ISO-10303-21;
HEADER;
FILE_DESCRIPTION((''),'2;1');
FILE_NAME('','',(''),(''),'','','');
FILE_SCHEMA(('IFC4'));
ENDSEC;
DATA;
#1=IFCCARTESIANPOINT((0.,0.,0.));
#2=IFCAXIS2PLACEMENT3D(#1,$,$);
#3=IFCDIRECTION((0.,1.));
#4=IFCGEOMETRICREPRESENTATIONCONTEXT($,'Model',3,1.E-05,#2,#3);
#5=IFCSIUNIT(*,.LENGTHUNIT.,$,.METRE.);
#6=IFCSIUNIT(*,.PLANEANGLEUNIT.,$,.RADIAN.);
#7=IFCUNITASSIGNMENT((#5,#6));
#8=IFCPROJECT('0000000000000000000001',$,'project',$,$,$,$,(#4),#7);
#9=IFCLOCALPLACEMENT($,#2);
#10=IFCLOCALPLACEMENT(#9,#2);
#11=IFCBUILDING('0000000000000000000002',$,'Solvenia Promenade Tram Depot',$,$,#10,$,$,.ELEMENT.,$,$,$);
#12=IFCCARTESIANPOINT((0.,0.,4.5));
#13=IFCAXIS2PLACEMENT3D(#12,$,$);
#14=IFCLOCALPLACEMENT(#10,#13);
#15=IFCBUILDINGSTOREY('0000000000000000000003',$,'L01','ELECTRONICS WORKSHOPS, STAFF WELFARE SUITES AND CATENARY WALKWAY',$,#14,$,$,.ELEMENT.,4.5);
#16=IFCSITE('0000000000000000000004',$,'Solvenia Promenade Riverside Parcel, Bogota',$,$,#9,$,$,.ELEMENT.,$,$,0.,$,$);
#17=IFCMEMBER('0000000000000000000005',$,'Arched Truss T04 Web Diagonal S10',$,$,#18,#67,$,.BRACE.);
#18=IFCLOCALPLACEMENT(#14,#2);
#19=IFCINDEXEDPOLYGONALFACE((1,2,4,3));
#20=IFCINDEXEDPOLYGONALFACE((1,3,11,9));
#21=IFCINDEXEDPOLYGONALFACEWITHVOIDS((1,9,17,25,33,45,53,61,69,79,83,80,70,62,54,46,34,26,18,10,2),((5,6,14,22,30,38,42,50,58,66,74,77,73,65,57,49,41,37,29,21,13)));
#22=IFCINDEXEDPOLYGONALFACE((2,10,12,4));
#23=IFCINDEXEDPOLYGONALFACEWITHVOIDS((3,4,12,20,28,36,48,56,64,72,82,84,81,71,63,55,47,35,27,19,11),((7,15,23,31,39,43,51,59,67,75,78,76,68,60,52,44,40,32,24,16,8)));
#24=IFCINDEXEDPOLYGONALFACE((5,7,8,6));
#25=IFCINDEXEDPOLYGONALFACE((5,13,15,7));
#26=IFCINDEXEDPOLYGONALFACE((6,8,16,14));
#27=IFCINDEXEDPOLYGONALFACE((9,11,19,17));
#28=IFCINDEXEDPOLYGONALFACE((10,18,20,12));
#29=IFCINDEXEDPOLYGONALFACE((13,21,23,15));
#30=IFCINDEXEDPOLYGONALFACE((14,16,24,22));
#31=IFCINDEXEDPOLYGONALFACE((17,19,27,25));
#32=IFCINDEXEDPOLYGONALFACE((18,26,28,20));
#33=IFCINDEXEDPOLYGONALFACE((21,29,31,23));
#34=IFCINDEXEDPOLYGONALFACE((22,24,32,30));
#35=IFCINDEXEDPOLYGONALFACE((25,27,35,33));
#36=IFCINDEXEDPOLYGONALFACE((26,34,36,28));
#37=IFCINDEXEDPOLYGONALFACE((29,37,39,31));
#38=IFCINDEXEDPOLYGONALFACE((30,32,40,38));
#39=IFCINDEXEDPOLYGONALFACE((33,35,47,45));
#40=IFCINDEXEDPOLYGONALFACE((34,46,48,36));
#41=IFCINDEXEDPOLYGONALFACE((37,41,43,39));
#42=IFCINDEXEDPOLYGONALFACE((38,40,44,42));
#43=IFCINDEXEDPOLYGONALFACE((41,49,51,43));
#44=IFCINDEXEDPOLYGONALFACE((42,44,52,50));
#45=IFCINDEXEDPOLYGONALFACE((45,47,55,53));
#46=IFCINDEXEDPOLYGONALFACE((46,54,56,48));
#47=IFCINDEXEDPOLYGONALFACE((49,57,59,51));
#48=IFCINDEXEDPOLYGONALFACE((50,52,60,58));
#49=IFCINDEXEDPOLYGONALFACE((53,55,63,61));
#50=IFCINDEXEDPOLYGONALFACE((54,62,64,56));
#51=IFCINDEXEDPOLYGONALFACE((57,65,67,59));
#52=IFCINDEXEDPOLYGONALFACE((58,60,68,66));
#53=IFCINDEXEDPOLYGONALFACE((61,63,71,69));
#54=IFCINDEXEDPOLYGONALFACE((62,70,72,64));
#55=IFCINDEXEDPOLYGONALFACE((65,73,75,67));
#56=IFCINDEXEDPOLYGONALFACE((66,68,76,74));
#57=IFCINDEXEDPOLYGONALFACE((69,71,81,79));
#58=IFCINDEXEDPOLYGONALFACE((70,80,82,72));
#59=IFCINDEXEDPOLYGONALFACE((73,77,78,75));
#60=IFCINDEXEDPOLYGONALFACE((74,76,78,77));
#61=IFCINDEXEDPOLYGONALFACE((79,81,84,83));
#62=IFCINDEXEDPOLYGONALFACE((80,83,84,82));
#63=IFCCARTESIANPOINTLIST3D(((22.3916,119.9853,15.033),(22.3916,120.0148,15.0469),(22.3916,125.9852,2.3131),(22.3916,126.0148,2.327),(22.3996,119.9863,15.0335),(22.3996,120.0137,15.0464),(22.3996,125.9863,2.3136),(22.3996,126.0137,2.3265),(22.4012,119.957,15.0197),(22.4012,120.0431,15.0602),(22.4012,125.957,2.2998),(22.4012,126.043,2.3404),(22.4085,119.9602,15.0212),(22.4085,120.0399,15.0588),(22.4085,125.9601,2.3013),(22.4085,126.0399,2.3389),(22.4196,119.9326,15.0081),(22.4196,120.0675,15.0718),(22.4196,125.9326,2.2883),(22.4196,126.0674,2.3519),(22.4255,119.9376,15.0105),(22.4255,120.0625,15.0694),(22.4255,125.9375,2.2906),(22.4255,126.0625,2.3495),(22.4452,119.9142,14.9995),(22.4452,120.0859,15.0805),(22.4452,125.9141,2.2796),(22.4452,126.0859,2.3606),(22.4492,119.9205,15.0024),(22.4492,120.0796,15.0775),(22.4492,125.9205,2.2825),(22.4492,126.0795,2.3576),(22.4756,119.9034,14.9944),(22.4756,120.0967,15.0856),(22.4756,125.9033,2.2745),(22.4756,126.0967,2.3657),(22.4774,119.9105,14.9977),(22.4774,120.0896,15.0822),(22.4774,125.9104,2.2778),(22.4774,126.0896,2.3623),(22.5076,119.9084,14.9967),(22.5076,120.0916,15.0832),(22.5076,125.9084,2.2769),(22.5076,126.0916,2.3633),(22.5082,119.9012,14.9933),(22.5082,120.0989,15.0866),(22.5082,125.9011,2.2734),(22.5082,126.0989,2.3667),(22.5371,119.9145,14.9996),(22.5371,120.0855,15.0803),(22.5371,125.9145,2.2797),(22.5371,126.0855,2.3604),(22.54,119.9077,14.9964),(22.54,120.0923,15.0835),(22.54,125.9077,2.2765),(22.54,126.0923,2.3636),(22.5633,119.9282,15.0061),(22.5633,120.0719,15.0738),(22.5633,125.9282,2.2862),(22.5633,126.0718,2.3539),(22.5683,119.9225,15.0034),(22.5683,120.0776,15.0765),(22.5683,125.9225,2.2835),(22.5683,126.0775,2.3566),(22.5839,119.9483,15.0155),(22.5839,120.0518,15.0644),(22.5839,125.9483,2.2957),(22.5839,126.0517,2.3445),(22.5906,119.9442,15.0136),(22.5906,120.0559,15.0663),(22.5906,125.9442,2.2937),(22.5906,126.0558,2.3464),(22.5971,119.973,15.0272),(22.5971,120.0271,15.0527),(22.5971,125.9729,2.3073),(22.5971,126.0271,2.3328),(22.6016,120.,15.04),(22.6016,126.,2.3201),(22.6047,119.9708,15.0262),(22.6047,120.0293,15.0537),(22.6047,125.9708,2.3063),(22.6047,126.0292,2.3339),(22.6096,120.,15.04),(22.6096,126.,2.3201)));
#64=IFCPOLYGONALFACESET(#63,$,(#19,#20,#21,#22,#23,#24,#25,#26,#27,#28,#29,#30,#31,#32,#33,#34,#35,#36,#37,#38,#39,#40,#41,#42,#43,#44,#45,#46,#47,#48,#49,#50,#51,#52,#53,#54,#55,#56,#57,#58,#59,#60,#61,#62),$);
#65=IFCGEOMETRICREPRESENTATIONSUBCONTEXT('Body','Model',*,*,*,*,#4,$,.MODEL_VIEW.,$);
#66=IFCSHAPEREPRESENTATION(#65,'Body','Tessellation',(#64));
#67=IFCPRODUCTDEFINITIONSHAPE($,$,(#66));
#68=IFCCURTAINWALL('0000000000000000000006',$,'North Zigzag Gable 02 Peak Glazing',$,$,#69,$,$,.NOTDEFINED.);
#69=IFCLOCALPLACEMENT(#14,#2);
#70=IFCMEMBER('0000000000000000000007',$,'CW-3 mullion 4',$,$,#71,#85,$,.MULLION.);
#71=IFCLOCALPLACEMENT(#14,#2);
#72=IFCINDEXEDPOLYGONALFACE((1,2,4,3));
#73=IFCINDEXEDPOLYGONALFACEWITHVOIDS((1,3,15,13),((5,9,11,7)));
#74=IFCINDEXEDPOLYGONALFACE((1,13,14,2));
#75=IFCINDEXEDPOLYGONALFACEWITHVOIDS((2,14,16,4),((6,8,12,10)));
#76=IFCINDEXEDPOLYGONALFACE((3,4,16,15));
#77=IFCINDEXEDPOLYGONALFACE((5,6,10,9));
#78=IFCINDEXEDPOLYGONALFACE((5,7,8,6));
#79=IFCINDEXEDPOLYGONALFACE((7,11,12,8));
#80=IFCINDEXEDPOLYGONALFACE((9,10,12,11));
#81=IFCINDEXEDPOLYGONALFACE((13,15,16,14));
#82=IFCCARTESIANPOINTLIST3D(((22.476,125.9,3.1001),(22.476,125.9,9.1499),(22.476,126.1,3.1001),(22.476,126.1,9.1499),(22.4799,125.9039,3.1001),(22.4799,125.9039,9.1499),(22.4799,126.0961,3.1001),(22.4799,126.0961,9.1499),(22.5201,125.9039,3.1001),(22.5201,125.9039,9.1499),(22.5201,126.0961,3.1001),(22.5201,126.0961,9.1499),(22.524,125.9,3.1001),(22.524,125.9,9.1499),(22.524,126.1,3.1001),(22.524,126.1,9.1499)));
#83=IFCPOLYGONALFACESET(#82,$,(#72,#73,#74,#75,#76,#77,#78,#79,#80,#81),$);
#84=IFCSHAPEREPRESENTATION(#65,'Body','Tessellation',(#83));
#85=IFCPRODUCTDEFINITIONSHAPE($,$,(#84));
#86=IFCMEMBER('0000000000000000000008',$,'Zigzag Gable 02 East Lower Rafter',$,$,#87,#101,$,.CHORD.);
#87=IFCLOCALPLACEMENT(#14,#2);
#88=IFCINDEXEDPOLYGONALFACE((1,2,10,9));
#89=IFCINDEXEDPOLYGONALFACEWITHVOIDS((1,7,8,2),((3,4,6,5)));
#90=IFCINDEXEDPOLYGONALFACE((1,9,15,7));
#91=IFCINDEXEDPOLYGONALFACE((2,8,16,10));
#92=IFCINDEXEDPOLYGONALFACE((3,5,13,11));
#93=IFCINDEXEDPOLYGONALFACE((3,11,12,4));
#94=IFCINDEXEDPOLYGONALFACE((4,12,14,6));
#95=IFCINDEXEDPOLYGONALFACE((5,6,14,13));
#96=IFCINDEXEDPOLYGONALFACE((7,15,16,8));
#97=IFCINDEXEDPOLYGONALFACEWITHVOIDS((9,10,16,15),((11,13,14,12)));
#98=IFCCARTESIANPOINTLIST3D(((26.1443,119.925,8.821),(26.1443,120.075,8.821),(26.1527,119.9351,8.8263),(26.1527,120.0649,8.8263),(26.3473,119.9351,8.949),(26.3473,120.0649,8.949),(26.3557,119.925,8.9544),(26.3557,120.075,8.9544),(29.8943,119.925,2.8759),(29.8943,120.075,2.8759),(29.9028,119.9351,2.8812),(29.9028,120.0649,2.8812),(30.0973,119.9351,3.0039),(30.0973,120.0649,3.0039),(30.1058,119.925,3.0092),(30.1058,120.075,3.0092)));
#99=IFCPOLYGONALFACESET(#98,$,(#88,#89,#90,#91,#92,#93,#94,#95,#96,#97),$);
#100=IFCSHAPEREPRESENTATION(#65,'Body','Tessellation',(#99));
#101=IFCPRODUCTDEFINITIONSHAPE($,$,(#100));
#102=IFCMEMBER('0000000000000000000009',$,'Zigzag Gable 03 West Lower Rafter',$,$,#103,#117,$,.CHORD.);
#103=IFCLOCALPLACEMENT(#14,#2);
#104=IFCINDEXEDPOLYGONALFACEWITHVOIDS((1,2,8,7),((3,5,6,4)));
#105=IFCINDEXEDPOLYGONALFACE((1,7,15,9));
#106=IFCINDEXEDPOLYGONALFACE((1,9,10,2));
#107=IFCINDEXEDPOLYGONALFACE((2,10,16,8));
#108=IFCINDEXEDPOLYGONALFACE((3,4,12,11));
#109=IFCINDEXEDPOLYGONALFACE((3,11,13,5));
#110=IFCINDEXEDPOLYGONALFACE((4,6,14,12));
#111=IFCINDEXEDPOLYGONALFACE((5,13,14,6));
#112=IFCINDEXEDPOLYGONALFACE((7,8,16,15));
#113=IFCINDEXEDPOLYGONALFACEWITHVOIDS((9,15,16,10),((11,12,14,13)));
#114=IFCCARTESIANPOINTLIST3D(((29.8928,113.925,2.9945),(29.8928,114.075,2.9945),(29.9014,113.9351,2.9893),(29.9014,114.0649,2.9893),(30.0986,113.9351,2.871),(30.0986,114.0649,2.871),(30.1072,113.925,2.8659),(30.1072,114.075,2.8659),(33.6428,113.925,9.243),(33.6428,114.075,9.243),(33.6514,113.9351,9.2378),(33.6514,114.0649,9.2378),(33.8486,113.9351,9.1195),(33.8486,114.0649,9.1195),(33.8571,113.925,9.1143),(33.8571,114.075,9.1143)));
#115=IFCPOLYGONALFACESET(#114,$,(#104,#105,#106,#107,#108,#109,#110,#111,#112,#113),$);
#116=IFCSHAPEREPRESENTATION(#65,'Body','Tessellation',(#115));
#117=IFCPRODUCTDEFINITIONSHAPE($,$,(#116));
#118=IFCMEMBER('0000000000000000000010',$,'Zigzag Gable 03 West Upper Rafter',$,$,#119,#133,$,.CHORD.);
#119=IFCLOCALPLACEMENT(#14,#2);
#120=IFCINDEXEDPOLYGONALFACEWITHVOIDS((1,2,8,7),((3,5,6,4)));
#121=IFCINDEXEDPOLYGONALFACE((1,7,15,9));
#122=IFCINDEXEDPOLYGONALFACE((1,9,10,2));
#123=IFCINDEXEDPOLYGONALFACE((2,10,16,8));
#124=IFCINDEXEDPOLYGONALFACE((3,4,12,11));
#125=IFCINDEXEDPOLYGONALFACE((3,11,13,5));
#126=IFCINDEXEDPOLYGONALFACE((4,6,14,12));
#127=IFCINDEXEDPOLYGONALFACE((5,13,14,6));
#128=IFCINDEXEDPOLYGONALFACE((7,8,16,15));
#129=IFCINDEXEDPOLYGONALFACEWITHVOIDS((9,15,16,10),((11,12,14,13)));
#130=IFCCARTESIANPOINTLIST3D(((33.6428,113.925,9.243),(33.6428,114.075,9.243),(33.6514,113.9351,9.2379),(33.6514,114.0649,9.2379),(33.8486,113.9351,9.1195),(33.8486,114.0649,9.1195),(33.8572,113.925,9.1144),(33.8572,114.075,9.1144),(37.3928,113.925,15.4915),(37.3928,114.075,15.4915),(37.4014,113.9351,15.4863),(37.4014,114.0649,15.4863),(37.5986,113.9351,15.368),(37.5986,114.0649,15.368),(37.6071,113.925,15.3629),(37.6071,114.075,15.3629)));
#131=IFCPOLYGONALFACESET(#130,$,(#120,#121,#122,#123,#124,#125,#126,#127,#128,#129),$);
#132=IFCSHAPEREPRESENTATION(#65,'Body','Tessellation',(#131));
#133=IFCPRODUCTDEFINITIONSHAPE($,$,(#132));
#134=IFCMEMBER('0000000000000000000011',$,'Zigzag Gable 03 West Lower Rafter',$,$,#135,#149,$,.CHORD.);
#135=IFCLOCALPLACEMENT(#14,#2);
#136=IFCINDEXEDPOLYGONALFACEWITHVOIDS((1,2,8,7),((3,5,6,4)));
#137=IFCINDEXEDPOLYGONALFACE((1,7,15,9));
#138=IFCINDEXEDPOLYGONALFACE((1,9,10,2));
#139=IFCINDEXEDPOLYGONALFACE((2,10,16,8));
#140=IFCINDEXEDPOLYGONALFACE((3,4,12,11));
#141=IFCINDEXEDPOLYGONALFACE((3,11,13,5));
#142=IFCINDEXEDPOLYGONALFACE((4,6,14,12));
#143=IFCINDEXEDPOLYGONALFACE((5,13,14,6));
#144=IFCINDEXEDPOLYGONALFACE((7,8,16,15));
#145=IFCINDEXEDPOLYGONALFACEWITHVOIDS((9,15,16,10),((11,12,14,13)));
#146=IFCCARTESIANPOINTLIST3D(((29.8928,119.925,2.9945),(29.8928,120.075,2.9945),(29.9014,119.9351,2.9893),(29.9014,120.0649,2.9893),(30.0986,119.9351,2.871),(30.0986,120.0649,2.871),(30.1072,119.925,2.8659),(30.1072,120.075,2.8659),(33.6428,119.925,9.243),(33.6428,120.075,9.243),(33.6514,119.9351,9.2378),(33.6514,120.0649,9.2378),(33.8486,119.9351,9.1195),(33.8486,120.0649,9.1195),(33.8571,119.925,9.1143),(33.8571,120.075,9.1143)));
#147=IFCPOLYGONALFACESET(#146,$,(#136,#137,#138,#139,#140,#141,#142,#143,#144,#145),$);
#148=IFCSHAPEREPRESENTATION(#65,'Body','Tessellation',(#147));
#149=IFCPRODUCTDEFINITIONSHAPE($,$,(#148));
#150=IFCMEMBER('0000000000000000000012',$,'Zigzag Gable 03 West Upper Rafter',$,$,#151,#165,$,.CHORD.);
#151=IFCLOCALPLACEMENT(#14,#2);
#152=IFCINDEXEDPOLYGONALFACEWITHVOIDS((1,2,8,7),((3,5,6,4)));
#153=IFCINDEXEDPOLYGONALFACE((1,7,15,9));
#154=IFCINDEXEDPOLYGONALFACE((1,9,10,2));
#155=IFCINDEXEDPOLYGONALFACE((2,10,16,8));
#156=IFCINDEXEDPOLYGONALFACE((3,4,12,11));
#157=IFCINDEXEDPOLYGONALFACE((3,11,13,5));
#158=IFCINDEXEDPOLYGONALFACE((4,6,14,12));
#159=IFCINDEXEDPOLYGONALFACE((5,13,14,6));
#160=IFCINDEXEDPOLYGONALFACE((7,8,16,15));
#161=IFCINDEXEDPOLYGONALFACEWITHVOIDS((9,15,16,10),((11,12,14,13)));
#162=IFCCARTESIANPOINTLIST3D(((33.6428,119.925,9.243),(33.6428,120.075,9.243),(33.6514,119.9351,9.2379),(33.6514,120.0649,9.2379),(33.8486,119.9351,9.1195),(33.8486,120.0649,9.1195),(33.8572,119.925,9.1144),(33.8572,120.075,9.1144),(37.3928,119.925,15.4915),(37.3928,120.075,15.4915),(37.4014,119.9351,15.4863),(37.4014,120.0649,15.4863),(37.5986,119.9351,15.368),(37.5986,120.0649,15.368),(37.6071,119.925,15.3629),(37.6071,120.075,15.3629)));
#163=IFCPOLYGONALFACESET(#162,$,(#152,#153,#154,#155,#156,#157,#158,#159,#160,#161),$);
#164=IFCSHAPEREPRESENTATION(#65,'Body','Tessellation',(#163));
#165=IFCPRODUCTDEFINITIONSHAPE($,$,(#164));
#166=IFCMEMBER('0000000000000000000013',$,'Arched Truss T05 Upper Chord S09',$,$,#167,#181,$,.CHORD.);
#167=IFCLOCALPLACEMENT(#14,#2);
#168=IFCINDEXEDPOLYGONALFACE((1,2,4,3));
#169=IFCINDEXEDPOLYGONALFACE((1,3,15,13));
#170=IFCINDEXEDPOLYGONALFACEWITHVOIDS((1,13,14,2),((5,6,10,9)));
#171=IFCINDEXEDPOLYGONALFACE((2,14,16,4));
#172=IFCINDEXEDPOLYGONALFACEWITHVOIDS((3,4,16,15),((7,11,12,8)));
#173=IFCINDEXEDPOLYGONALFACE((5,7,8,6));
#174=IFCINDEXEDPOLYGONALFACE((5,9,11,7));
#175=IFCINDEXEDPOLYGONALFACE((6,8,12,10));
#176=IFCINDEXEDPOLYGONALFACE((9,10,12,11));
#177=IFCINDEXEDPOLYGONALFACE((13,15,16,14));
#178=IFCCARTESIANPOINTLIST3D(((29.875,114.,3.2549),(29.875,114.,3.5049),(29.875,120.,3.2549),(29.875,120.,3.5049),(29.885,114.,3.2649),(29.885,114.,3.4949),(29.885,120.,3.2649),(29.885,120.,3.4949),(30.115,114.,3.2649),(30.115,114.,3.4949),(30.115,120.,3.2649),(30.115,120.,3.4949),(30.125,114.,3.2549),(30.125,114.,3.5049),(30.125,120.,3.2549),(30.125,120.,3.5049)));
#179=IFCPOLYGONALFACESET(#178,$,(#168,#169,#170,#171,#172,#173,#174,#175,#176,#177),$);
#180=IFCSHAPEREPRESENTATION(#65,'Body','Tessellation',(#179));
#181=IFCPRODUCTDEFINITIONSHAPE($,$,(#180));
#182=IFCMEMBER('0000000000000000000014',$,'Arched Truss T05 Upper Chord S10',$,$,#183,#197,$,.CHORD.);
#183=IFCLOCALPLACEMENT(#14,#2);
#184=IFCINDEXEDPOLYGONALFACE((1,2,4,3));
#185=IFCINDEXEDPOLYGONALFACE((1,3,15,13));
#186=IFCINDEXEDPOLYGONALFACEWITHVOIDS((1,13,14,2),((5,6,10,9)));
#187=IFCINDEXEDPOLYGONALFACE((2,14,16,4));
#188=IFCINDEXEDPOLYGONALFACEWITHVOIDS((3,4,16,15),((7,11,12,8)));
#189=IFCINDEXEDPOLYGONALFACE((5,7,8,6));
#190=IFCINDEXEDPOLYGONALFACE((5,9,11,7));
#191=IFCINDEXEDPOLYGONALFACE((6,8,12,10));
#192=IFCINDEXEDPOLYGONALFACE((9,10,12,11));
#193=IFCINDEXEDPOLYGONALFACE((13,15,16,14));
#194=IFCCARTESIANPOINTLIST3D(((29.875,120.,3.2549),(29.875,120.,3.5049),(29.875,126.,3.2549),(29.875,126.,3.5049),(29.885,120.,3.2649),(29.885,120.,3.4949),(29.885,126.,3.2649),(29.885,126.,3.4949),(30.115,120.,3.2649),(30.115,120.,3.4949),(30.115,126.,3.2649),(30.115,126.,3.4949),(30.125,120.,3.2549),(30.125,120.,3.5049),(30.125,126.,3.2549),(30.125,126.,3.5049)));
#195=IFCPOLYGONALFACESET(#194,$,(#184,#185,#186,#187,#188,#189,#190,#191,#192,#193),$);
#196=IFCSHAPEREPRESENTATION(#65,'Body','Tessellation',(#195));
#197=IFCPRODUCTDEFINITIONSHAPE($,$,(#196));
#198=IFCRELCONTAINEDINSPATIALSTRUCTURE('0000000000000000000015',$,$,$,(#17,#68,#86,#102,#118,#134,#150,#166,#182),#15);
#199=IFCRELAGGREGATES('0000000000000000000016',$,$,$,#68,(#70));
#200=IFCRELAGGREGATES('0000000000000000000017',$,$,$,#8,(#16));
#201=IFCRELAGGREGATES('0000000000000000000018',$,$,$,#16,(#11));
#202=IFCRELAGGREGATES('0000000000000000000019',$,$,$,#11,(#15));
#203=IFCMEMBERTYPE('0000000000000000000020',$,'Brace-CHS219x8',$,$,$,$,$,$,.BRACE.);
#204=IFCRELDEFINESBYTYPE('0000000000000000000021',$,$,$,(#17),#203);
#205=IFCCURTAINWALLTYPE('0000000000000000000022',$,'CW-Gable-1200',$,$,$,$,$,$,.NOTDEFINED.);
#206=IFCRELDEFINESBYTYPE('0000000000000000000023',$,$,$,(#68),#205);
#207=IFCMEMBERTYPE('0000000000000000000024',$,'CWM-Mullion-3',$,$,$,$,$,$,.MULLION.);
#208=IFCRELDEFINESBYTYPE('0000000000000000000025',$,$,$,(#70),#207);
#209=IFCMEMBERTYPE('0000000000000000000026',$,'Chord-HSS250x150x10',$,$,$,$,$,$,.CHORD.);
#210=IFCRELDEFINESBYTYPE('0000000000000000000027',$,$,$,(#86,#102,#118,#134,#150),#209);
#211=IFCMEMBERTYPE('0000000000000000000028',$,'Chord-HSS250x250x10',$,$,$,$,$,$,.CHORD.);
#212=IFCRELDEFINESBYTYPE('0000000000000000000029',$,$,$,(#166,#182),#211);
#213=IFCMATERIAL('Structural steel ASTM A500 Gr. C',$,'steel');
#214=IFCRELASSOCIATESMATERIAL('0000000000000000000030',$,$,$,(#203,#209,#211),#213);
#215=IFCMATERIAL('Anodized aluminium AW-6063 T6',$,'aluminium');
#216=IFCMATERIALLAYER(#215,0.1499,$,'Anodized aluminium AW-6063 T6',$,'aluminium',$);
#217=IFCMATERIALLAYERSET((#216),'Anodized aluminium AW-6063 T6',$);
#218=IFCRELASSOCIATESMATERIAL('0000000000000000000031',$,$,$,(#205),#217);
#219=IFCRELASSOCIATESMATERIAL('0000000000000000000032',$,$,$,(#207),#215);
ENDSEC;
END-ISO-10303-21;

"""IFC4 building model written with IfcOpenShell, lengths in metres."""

from ifc_helpers import new_model, si_unit, direction, frame, origin, origin_2d, place, context, subcontext, project, spatial, hollow_rectangle, hollow_circle, extrude, material, layer, layer_set, material_profile, profile_set, type_object, element, aggregate, save


model = new_model("IFC4")

# Units and contexts
model_context = context("Model", 3, precision=1e-05, world=origin(), true_north=direction((0.0, 1.0)))
body_context = subcontext(model_context, "Body", "Model", "MODEL_VIEW")
ifc_project = project(units=[si_unit("LENGTHUNIT", "METRE"), si_unit("PLANEANGLEUNIT", "RADIAN")], contexts=[model_context])

# Site, building, storey
site_placement = place(None, origin())
site = spatial("IfcSite", under=ifc_project, at=site_placement, Name="Solvenia Promenade Riverside Parcel, Bogota", CompositionType="ELEMENT", RefElevation=0.0)
building_placement = place(site_placement, origin())
building = spatial("IfcBuilding", under=site, at=building_placement, Name="Solvenia Promenade Tram Depot", CompositionType="ELEMENT")
storey_placement = place(building_placement, frame((0.0, 0.0, 4.5)))
storey = spatial("IfcBuildingStorey", under=building, at=storey_placement, Name="L01", Description="ELECTRONICS WORKSHOPS, STAFF WELFARE SUITES AND CATENARY WALKWAY", CompositionType="ELEMENT", Elevation=4.5)

# Member
ifc_material_1 = material(Name="Structural steel ASTM A500 Gr. C", Category="steel")
ifc_material_profile_1 = material_profile(ifc_material_1, hollow_circle(Radius=0.1096, WallThickness=0.0081, at=origin_2d()), Name="CHS219.1x8", Category="steel")
ifc_profile_set_1 = profile_set([ifc_material_profile_1], Name="Structural steel ASTM A500 Gr. C")
member_type_1 = type_object("IfcMemberType", Name="Brace-CHS219x8", PredefinedType="BRACE", material=ifc_profile_set_1)
member_1_placement = place(storey_placement, frame((22.5, 126.0, 2.3201), z_axis=(0.0, -0.426619, 0.904431), x_axis=(1.0, 0.0, 0.0)))
element("IfcMember", 1, at=member_1_placement, inside=storey, type_object=member_type_1, Name="Arched Truss T04 Web Diagonal S10", PredefinedType="BRACE", context=body_context, shape_type="SweptSolid", body=[
    extrude(hollow_circle(Radius=0.1096, WallThickness=0.0081, at=origin_2d()), origin(), (0.0, 0.0, 1.0), 14.064),
])

# Curtain wall, member
ifc_material_2 = material(Name="Anodized aluminium AW-6063 T6", Category="aluminium")
ifc_layer_1 = layer(ifc_material_2, 0.1499, Name="Anodized aluminium AW-6063 T6", Category="aluminium")
ifc_layer_set_1 = layer_set([ifc_layer_1], Name="Anodized aluminium AW-6063 T6")
curtain_wall_type = type_object("IfcCurtainWallType", Name="CW-Gable-1200", PredefinedType="NOTDEFINED", material=ifc_layer_set_1)
curtain_wall_placement = place(storey_placement, origin())
curtain_wall = element("IfcCurtainWall", 2, at=curtain_wall_placement, inside=storey, type_object=curtain_wall_type, Name="North Zigzag Gable 02 Peak Glazing", PredefinedType="NOTDEFINED")
ifc_material_profile_2 = material_profile(ifc_material_2, hollow_rectangle(XDim=0.2, YDim=0.0481, WallThickness=0.0039, at=origin_2d()), Name="ALU-M3", Category="aluminium")
ifc_profile_set_2 = profile_set([ifc_material_profile_2], Name="Anodized aluminium AW-6063 T6")
member_type_2 = type_object("IfcMemberType", Name="CWM-Mullion-3", PredefinedType="MULLION", material=ifc_profile_set_2)
member_2_placement = place(storey_placement, frame((22.5, 126.0, 3.1001), z_axis=(0.0, 0.0, 1.0), x_axis=(0.0, 1.0, 0.0)))
member_2 = element("IfcMember", 3, at=member_2_placement, type_object=member_type_2, Name="CW-3 mullion 4", PredefinedType="MULLION", context=body_context, shape_type="SweptSolid", body=[
    extrude(hollow_rectangle(XDim=0.2, YDim=0.0481, WallThickness=0.0039, at=origin_2d()), origin(), (0.0, 0.0, 1.0), 6.0498),
])
aggregate(curtain_wall, [member_2])

# Members
ifc_material_profile_3 = material_profile(ifc_material_1, hollow_rectangle(XDim=0.1499, YDim=0.25, WallThickness=0.01, at=origin_2d()), Name="HSS250x150x10", Category="steel")
ifc_profile_set_3 = profile_set([ifc_material_profile_3], Name="Structural steel ASTM A500 Gr. C")
member_type_3 = type_object("IfcMemberType", Name="Chord-HSS250x150x10", PredefinedType="CHORD", material=ifc_profile_set_3)
member_3_placement = place(storey_placement, frame((26.25, 120.0, 8.8877), z_axis=(0.533507, 0.0, -0.845796), x_axis=(0.0, 1.0, 0.0)))
element("IfcMember", 4, at=member_3_placement, inside=storey, type_object=member_type_3, Name="Zigzag Gable 02 East Lower Rafter", PredefinedType="CHORD", context=body_context, shape_type="SweptSolid", body=[
    extrude(hollow_rectangle(XDim=0.1499, YDim=0.25, WallThickness=0.01, at=origin_2d()), origin(), (0.0, 0.0, 1.0), 7.0291),
])
for number, where, z_axis, x_axis, name in (
    (5, (30.0, 114.0, 2.9302), (0.514584, 0.0, 0.85744), (0.0, 1.0, 0.0), "Zigzag Gable 03 West Lower Rafter"),
    (6, (33.75, 114.0, 9.1787), (0.514584, 0.0, 0.85744), (0.0, 1.0, 0.0), "Zigzag Gable 03 West Upper Rafter"),
    (7, (30.0, 120.0, 2.9302), (0.514584, 0.0, 0.85744), (0.0, 1.0, 0.0), "Zigzag Gable 03 West Lower Rafter"),
    (8, (33.75, 120.0, 9.1787), (0.514584, 0.0, 0.85744), (0.0, 1.0, 0.0), "Zigzag Gable 03 West Upper Rafter"),
):
    element("IfcMember", number, at=place(storey_placement, frame(where, z_axis=z_axis, x_axis=x_axis)), inside=storey, type_object=member_type_3, Name=name, PredefinedType="CHORD", context=body_context, shape_type="SweptSolid", body=[
        extrude(hollow_rectangle(XDim=0.1499, YDim=0.25, WallThickness=0.01, at=origin_2d()), origin(), (0.0, 0.0, 1.0), 7.2874),
    ])
ifc_material_profile_4 = material_profile(ifc_material_1, hollow_rectangle(XDim=0.25, YDim=0.25, WallThickness=0.01, at=origin_2d()), Name="HSS250x250x10", Category="steel")
ifc_profile_set_4 = profile_set([ifc_material_profile_4], Name="Structural steel ASTM A500 Gr. C")
member_type_4 = type_object("IfcMemberType", Name="Chord-HSS250x250x10", PredefinedType="CHORD", material=ifc_profile_set_4)
for number, where, z_axis, x_axis, name in (
    (9, (30.0, 114.0, 3.3799), (0.0, 1.0, 0.0), (-1.0, 0.0, 0.0), "Arched Truss T05 Upper Chord S09"),
    (10, (30.0, 120.0, 3.3799), (0.0, 1.0, 0.0), (-1.0, 0.0, 0.0), "Arched Truss T05 Upper Chord S10"),
):
    element("IfcMember", number, at=place(storey_placement, frame(where, z_axis=z_axis, x_axis=x_axis)), inside=storey, type_object=member_type_4, Name=name, PredefinedType="CHORD", context=body_context, shape_type="SweptSolid", body=[
        extrude(hollow_rectangle(XDim=0.25, YDim=0.25, WallThickness=0.01, at=origin_2d()), origin(), (0.0, 0.0, 1.0), 6.0),
    ])

save(model, "model.ifc")
